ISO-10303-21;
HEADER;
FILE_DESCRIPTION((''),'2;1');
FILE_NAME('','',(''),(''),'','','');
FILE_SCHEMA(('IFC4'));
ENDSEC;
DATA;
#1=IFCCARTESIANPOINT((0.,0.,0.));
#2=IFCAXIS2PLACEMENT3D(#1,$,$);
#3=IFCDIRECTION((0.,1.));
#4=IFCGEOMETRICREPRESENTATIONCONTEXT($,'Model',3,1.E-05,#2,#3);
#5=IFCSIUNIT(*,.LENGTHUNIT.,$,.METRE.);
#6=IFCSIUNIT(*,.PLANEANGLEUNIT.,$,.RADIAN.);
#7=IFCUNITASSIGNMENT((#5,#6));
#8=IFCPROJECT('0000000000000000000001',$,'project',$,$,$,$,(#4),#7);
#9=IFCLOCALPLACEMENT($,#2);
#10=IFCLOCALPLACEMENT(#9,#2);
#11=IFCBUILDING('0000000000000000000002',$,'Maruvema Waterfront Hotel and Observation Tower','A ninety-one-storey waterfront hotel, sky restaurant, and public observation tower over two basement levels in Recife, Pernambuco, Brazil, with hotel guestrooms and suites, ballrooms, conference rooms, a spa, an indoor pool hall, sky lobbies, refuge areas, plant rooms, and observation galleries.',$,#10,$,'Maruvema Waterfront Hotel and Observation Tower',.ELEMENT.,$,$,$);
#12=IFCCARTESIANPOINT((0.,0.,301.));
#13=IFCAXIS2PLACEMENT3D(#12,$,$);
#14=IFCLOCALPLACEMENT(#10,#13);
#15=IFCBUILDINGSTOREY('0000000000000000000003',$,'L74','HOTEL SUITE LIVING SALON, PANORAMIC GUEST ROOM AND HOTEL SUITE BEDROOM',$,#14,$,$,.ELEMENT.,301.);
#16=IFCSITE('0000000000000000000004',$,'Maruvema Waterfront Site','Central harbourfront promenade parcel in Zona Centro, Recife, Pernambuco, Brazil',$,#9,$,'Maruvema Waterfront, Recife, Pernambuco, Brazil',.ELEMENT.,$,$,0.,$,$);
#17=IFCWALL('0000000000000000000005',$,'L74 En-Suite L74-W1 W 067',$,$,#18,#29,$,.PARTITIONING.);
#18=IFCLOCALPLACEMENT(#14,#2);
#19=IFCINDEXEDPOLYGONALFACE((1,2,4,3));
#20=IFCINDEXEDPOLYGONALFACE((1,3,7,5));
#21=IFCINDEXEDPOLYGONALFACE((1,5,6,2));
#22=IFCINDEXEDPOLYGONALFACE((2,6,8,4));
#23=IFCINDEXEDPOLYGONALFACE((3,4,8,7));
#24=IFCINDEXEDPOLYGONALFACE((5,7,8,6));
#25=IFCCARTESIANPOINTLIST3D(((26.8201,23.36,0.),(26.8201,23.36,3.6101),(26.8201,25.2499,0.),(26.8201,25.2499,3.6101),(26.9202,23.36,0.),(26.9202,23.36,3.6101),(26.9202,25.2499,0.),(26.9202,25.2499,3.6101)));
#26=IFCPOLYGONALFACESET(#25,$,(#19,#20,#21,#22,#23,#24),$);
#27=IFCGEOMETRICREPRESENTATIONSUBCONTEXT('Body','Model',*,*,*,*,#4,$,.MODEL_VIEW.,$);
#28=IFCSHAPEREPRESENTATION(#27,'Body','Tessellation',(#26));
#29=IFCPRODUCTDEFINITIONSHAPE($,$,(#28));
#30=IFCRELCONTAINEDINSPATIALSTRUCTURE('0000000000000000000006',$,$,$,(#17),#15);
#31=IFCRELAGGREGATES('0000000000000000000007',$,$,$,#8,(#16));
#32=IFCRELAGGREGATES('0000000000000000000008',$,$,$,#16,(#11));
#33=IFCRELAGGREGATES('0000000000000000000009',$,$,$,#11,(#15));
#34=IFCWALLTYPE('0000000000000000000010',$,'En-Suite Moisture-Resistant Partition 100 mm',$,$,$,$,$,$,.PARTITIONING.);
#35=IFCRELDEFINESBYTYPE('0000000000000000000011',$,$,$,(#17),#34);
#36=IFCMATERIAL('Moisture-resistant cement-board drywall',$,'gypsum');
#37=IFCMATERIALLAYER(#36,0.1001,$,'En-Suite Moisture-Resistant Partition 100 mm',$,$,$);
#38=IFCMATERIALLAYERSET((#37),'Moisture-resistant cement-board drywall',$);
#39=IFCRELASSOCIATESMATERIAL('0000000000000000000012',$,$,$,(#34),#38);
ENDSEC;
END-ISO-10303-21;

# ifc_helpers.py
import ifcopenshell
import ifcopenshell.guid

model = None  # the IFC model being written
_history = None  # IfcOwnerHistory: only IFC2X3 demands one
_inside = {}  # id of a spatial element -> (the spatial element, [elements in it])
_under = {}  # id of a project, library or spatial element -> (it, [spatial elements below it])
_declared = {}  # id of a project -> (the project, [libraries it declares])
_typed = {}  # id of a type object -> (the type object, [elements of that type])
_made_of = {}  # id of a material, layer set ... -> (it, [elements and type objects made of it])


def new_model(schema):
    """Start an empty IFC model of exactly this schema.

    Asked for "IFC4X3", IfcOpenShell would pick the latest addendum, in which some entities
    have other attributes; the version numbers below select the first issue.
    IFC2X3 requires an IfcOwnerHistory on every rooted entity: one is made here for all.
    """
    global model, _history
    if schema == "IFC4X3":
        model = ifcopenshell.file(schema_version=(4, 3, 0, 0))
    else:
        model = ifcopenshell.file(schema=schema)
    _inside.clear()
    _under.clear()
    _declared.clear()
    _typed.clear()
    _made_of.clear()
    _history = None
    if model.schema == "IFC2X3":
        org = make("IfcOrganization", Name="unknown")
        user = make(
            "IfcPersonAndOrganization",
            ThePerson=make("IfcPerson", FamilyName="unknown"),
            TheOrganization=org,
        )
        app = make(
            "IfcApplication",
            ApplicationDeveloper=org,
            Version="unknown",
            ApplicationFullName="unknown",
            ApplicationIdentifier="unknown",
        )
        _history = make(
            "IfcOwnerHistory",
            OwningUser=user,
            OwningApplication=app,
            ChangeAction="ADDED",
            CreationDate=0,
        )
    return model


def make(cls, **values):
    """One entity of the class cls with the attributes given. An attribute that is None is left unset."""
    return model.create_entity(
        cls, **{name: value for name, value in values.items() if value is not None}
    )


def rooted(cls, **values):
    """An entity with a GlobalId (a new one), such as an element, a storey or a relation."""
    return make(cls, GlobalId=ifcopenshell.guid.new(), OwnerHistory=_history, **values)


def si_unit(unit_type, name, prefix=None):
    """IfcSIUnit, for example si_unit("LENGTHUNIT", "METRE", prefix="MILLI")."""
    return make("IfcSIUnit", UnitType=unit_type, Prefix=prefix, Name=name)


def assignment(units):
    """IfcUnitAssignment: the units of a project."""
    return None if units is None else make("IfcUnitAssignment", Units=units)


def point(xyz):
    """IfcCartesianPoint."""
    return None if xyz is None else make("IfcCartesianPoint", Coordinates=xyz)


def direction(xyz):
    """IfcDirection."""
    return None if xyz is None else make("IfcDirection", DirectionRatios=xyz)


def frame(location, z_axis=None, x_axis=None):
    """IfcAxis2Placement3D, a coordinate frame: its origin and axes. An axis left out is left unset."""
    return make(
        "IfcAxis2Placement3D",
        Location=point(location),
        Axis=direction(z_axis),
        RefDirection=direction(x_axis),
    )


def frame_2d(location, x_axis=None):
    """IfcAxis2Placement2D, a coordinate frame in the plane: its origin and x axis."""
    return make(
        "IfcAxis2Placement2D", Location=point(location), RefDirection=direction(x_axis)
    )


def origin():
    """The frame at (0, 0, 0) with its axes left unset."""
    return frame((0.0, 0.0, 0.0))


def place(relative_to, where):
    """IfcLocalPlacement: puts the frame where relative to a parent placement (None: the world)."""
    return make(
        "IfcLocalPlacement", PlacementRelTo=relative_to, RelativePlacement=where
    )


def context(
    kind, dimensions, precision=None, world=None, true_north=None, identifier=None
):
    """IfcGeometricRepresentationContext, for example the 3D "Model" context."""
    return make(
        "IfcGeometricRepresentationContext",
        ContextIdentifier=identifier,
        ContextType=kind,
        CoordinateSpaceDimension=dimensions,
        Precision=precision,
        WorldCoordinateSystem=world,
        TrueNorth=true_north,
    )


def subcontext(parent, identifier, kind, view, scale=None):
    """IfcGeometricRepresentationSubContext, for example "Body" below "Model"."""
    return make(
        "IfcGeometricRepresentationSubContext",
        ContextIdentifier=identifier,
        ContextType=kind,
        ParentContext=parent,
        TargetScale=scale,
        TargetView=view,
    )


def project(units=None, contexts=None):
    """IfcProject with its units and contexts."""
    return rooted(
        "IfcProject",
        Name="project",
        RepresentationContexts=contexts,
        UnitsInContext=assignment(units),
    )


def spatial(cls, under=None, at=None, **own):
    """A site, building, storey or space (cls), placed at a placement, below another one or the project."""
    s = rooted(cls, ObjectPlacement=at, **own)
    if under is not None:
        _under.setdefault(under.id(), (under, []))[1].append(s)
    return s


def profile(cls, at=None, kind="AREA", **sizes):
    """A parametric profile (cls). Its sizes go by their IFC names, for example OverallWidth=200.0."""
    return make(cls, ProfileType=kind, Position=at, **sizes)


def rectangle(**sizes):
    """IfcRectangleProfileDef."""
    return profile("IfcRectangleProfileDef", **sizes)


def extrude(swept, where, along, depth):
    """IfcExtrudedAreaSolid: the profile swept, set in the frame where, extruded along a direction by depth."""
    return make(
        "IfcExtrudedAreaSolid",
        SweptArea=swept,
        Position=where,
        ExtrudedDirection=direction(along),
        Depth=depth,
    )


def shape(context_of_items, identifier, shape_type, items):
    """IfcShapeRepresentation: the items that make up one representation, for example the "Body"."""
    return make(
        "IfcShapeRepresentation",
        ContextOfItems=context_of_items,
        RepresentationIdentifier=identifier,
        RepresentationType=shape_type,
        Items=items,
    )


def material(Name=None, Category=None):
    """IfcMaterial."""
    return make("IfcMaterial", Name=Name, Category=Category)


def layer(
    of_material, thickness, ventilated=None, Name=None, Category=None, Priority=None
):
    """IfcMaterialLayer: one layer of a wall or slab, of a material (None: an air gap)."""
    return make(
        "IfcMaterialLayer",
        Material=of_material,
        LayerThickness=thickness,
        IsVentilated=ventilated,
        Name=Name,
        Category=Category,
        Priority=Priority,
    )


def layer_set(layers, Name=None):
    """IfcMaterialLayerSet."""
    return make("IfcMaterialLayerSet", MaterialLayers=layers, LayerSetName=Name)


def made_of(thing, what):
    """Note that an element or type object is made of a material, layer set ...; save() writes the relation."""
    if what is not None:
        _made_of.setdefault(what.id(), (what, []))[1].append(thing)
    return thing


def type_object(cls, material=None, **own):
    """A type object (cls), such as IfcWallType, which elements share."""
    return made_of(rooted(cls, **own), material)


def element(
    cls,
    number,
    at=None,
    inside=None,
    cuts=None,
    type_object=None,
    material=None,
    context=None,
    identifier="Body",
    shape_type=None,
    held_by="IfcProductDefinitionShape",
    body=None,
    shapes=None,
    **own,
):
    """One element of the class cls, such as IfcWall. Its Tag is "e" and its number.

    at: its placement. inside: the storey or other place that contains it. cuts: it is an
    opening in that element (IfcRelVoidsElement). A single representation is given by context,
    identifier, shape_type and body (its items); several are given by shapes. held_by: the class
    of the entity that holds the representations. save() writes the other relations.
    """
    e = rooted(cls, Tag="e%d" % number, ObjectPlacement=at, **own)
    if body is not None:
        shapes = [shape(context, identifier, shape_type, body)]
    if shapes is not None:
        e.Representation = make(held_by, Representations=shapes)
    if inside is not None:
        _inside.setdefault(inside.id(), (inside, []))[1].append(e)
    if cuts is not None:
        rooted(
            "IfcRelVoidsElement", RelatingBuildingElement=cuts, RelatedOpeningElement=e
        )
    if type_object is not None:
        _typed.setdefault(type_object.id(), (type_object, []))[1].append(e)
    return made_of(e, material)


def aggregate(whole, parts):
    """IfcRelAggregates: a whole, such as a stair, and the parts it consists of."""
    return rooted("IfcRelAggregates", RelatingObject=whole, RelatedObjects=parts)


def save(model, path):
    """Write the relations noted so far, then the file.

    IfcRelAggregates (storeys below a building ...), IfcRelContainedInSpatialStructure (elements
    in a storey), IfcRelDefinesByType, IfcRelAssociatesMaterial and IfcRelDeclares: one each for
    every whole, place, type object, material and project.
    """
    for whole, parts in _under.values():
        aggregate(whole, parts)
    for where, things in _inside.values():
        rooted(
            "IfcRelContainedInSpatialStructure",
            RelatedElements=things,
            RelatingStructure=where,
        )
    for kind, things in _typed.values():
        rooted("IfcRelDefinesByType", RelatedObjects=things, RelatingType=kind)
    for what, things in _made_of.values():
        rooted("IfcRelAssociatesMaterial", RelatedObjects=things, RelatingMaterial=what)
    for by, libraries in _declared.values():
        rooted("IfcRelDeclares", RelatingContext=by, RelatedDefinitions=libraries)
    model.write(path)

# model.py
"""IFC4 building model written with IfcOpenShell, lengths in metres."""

from ifc_helpers import new_model, si_unit, direction, frame, frame_2d, origin, place, context, subcontext, project, spatial, rectangle, extrude, material, layer, layer_set, type_object, element, save


model = new_model("IFC4")

# Units and contexts
model_context = context("Model", 3, precision=1e-05, world=origin(), true_north=direction((0.0, 1.0)))
body_context = subcontext(model_context, "Body", "Model", "MODEL_VIEW")
ifc_project = project(units=[si_unit("LENGTHUNIT", "METRE"), si_unit("PLANEANGLEUNIT", "RADIAN")], contexts=[model_context])

# Site, building, storey
site_placement = place(None, origin())
site = spatial("IfcSite", under=ifc_project, at=site_placement, Name="Maruvema Waterfront Site", Description="Central harbourfront promenade parcel in Zona Centro, Recife, Pernambuco, Brazil", LongName="Maruvema Waterfront, Recife, Pernambuco, Brazil", CompositionType="ELEMENT", RefElevation=0.0)
building_placement = place(site_placement, origin())
building = spatial("IfcBuilding", under=site, at=building_placement, Name="Maruvema Waterfront Hotel and Observation Tower", Description="A ninety-one-storey waterfront hotel, sky restaurant, and public observation tower over two basement levels in Recife, Pernambuco, Brazil, with hotel guestrooms and suites, ballrooms, conference rooms, a spa, an indoor pool hall, sky lobbies, refuge areas, plant rooms, and observation galleries.", LongName="Maruvema Waterfront Hotel and Observation Tower", CompositionType="ELEMENT")
storey_placement = place(building_placement, frame((0.0, 0.0, 301.0)))
storey = spatial("IfcBuildingStorey", under=building, at=storey_placement, Name="L74", Description="HOTEL SUITE LIVING SALON, PANORAMIC GUEST ROOM AND HOTEL SUITE BEDROOM", CompositionType="ELEMENT", Elevation=301.0)

# Shared definitions
ifc_material_1 = material(Name="Moisture-resistant cement-board drywall", Category="gypsum")
ifc_layer_1 = layer(ifc_material_1, 0.1001, Name="En-Suite Moisture-Resistant Partition 100 mm")
ifc_layer_set_1 = layer_set([ifc_layer_1], Name="Moisture-resistant cement-board drywall")
wall_type_1 = type_object("IfcWallType", Name="En-Suite Moisture-Resistant Partition 100 mm", PredefinedType="PARTITIONING", material=ifc_layer_set_1)

# Wall
wall_1_placement = place(storey_placement, frame((26.8701, 23.3601, 0.0), z_axis=(0.0, 0.0, 1.0), x_axis=(0.0, 1.0, 0.0)))
element("IfcWall", 1, at=wall_1_placement, inside=storey, type_object=wall_type_1, Name="L74 En-Suite L74-W1 W 067", PredefinedType="PARTITIONING", context=body_context, shape_type="SweptSolid", body=[
    extrude(rectangle(XDim=1.8899, YDim=0.1001, at=frame_2d((0.9448, 0.0))), origin(), (0.0, 0.0, 1.0), 3.6101),
])

save(model, "model.ifc")
